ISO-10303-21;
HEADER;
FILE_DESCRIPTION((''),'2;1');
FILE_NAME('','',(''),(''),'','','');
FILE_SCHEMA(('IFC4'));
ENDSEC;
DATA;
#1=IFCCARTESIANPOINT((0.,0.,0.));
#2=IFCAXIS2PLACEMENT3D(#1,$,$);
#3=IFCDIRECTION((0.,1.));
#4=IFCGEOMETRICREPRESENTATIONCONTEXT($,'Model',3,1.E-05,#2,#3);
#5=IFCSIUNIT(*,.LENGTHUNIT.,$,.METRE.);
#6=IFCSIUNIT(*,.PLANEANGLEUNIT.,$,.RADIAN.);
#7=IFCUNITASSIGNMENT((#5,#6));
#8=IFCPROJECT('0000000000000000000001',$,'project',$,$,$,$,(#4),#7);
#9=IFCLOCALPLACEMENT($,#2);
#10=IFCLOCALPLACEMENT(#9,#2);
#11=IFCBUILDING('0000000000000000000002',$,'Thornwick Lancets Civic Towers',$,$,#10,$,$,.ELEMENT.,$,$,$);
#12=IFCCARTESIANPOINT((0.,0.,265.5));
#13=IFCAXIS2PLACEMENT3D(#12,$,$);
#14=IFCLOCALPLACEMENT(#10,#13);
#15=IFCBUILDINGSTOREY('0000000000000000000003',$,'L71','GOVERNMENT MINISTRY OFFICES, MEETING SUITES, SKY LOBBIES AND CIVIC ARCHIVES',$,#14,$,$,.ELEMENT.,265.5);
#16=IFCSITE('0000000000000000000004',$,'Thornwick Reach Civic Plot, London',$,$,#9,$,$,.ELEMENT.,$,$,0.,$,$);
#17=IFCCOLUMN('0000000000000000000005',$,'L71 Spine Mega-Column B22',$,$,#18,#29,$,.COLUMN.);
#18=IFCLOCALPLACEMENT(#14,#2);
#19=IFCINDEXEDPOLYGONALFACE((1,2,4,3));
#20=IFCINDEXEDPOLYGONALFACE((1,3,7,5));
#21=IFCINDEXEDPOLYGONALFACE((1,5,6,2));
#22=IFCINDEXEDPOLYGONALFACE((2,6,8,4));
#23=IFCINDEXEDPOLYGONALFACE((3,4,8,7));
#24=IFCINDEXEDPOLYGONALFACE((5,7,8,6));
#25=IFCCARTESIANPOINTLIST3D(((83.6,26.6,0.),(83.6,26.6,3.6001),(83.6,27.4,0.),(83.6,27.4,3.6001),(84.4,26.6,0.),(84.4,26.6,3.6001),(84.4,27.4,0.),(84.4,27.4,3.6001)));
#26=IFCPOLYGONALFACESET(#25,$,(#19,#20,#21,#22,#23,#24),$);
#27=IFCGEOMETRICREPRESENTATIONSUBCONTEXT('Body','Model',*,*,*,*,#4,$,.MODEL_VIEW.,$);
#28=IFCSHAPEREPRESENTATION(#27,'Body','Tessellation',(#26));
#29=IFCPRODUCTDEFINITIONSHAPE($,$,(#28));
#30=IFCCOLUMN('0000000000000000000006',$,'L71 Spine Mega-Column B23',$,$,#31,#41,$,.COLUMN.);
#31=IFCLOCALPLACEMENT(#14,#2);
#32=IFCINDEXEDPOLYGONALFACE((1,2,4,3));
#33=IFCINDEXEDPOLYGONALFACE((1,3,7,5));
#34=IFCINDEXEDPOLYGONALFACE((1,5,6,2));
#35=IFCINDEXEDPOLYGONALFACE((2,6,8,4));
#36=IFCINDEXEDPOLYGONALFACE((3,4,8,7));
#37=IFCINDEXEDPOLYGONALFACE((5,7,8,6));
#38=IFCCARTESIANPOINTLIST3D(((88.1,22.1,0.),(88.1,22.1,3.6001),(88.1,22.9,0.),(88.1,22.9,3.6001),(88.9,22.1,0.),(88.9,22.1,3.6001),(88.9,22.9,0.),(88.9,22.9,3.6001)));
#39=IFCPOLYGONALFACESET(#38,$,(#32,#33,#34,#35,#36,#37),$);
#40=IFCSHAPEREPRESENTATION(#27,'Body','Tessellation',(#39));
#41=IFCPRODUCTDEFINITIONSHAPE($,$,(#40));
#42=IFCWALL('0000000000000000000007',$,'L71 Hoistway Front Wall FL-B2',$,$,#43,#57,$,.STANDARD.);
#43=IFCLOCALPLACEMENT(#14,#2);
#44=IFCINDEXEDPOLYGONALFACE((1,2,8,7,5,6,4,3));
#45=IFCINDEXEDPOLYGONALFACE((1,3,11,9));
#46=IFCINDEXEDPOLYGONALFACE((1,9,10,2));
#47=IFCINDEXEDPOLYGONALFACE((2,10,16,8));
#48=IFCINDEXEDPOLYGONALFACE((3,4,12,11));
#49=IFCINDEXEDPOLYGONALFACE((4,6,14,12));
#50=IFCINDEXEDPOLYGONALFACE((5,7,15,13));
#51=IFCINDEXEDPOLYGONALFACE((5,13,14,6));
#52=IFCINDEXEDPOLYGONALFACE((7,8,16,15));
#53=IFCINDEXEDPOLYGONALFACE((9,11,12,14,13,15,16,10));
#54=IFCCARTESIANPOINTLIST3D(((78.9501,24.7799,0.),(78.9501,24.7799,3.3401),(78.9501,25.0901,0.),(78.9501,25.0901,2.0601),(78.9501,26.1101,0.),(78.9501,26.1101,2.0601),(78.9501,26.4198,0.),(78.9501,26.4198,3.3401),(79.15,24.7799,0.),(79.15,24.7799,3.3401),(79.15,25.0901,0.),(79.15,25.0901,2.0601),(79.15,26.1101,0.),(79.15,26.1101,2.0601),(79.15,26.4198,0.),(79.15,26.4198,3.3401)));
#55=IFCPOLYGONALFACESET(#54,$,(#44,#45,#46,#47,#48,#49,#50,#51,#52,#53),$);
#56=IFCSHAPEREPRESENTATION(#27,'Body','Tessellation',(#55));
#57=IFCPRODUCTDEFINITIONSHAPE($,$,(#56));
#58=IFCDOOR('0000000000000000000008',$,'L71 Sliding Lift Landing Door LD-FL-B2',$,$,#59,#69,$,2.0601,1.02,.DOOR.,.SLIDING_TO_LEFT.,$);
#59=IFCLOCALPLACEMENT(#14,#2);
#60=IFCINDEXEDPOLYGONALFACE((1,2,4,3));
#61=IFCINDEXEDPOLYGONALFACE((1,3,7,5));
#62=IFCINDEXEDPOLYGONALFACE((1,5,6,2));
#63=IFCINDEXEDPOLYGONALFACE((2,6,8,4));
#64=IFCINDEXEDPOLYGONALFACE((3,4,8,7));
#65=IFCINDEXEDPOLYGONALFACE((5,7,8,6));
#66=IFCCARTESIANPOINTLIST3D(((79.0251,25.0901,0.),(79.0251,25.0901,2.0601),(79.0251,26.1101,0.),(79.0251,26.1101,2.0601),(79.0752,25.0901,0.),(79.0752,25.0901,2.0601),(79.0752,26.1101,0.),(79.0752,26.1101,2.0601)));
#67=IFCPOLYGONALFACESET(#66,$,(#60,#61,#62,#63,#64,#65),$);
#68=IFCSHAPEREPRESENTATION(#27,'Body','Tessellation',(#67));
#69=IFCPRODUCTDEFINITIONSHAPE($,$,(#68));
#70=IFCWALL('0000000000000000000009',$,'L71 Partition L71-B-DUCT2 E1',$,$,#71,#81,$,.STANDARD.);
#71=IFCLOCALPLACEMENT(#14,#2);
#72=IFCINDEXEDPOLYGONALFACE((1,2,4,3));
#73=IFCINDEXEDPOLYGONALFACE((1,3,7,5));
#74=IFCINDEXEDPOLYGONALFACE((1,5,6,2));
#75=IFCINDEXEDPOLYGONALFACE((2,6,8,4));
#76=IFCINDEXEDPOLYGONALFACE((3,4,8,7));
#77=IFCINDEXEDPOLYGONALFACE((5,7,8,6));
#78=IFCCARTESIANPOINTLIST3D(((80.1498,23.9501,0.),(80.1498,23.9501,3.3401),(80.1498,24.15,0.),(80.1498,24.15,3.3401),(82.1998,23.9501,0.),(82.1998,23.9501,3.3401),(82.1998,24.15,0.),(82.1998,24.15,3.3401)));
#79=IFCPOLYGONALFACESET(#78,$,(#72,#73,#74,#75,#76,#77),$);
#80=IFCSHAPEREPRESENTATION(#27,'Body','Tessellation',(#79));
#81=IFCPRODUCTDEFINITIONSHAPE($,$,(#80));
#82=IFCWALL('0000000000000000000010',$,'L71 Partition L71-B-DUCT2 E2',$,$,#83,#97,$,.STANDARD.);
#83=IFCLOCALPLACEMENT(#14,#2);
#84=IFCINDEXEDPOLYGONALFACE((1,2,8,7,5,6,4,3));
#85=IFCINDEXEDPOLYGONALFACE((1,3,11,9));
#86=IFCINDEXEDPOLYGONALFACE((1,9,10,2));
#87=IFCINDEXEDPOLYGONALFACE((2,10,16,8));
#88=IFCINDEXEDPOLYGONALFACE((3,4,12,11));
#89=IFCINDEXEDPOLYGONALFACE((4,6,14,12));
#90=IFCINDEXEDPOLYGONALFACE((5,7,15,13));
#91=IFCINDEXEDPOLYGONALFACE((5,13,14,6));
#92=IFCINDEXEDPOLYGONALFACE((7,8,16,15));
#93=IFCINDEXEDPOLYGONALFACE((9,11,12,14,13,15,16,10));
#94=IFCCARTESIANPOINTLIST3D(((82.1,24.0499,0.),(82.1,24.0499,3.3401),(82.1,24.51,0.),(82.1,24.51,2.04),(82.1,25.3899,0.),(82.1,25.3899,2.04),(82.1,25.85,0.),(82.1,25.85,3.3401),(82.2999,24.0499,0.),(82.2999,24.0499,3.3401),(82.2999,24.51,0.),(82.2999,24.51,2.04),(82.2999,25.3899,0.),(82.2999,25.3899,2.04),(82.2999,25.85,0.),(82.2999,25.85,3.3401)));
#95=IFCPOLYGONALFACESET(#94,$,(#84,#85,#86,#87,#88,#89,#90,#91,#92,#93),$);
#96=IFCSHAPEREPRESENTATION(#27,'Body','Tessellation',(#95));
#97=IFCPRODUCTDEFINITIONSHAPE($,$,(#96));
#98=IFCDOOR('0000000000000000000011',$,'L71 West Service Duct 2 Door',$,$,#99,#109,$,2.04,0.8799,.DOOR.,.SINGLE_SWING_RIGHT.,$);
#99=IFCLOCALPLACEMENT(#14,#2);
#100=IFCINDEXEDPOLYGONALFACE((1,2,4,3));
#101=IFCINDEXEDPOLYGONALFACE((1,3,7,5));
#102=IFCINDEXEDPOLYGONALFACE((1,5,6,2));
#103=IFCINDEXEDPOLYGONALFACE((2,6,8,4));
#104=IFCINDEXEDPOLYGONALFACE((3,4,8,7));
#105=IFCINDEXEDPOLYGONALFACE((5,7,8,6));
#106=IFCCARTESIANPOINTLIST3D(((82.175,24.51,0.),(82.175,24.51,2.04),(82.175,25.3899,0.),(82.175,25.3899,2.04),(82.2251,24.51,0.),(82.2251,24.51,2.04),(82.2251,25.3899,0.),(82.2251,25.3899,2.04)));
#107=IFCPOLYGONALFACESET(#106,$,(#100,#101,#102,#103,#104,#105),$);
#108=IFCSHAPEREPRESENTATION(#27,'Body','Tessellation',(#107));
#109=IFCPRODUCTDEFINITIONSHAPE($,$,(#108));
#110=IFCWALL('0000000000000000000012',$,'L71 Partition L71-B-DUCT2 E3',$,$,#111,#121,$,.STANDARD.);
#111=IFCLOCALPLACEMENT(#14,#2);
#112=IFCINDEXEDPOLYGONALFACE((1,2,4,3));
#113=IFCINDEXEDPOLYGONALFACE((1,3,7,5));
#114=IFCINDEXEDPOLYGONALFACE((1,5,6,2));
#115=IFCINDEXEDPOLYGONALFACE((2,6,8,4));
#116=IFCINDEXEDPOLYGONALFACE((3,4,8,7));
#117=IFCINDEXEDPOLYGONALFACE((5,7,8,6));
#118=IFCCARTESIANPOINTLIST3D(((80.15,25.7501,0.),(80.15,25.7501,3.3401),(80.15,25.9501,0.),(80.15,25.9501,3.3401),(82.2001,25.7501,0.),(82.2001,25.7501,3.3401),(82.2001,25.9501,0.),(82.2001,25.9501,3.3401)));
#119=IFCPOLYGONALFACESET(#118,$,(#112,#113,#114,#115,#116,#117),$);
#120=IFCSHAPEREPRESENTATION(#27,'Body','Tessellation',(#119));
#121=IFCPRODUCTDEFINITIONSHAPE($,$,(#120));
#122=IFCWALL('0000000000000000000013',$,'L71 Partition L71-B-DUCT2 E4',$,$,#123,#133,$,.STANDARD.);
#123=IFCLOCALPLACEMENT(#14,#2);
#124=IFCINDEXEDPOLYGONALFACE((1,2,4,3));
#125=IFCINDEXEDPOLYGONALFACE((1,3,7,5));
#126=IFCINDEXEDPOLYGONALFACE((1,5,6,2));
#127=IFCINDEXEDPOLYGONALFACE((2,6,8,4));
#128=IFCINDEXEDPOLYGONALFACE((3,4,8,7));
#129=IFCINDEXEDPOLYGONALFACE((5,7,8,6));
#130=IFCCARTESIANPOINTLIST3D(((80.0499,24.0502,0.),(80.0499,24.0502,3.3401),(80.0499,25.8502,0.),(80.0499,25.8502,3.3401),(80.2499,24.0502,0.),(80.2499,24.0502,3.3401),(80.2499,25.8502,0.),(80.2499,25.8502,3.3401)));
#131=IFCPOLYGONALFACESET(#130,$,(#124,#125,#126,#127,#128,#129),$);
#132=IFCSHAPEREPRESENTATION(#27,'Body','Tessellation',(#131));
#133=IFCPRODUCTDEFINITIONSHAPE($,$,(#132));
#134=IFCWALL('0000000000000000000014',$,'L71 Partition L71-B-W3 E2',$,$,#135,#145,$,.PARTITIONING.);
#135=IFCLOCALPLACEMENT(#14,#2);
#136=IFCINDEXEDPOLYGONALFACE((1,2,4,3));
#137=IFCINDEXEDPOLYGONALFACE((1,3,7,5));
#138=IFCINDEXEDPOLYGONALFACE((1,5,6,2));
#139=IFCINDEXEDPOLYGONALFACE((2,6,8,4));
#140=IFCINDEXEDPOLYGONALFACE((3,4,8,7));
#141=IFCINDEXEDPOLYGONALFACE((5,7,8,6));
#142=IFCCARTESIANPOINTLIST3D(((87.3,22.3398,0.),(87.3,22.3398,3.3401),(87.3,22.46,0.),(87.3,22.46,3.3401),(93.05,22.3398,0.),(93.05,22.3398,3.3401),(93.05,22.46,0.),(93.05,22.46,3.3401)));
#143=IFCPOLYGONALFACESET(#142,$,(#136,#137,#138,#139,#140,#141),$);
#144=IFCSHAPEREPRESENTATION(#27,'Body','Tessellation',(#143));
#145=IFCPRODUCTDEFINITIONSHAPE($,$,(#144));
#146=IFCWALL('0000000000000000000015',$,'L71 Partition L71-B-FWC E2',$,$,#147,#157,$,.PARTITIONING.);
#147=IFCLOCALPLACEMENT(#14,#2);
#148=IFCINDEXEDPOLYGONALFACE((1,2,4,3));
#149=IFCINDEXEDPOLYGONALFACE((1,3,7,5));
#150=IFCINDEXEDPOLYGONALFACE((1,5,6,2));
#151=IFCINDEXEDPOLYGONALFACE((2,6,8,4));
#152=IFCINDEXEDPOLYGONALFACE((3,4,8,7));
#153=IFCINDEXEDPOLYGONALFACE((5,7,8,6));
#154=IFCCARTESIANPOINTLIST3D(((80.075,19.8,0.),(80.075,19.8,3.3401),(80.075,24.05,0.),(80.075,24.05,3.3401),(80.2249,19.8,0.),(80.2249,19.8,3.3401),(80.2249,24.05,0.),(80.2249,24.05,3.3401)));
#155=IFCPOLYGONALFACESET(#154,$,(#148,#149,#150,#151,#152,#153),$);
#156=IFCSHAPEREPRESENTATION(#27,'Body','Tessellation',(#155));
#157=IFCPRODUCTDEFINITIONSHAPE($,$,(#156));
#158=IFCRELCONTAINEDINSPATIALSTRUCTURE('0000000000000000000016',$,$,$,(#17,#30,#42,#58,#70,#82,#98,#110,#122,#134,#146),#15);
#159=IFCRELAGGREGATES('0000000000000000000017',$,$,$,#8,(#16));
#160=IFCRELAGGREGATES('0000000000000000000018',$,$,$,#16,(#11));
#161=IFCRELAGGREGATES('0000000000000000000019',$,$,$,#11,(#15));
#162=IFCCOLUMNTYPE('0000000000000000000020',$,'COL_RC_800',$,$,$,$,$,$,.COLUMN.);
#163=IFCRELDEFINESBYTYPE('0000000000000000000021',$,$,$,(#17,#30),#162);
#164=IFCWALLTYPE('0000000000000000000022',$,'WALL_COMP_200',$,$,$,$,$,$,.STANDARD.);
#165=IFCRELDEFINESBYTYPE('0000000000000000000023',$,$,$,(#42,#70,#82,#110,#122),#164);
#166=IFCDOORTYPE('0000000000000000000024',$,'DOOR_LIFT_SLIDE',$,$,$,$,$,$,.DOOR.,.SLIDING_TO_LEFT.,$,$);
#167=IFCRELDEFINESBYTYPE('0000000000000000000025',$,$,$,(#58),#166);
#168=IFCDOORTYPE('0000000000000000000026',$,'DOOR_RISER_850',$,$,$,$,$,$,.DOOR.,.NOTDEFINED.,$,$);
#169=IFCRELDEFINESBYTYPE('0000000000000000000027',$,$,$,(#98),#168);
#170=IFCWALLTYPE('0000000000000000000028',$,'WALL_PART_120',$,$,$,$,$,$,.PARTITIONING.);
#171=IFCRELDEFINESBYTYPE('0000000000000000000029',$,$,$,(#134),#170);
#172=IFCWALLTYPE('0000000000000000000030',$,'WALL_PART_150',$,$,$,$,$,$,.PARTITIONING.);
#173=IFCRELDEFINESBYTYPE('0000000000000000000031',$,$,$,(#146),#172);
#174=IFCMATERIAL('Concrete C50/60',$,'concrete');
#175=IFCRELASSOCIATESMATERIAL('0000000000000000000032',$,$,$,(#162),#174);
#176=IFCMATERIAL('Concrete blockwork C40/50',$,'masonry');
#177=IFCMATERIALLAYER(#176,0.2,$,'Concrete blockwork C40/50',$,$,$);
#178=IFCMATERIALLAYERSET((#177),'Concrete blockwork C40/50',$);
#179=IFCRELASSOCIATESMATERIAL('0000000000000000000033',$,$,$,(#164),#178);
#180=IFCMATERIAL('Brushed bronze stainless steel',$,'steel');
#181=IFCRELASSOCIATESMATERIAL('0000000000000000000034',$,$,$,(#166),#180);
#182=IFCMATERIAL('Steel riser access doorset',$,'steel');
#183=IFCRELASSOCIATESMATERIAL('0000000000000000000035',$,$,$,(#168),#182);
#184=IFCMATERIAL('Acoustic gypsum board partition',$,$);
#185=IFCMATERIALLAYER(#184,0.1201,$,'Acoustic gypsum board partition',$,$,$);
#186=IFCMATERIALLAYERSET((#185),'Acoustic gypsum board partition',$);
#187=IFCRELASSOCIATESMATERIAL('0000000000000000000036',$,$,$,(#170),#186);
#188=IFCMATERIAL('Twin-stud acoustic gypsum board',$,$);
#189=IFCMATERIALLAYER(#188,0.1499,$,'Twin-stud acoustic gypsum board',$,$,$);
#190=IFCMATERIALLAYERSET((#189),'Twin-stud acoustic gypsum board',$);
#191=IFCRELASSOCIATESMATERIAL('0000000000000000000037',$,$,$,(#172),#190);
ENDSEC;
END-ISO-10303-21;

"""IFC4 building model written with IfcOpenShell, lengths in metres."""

from ifc_helpers import new_model, si_unit, direction, frame, frame_2d, origin, origin_2d, place, context, subcontext, project, spatial, rectangle, extrude, material, layer, layer_set, material_profile, profile_set, type_object, element, fill, save


model = new_model("IFC4")

# Units and contexts
model_context = context("Model", 3, precision=1e-05, world=origin(), true_north=direction((0.0, 1.0)))
body_context = subcontext(model_context, "Body", "Model", "MODEL_VIEW")
ifc_project = project(units=[si_unit("LENGTHUNIT", "METRE"), si_unit("PLANEANGLEUNIT", "RADIAN")], contexts=[model_context])

# Site, building, storey
site_placement = place(None, origin())
site = spatial("IfcSite", under=ifc_project, at=site_placement, Name="Thornwick Reach Civic Plot, London", CompositionType="ELEMENT", RefElevation=0.0)
building_placement = place(site_placement, origin())
building = spatial("IfcBuilding", under=site, at=building_placement, Name="Thornwick Lancets Civic Towers", CompositionType="ELEMENT")
storey_placement = place(building_placement, frame((0.0, 0.0, 265.5)))
storey = spatial("IfcBuildingStorey", under=building, at=storey_placement, Name="L71", Description="GOVERNMENT MINISTRY OFFICES, MEETING SUITES, SKY LOBBIES AND CIVIC ARCHIVES", CompositionType="ELEMENT", Elevation=265.5)

# Columns
ifc_material_1 = material(Name="Concrete C50/60", Category="concrete")
ifc_material_profile = material_profile(ifc_material_1, rectangle(XDim=0.8, YDim=0.8, at=origin_2d()), Name="RC 800x800")
ifc_profile_set = profile_set([ifc_material_profile], Name="Concrete C50/60")
column_type = type_object("IfcColumnType", Name="COL_RC_800", PredefinedType="COLUMN", material=ifc_profile_set)
for number, where, z_axis, x_axis, name in (
    (1, (84.0, 27.0, 0.0), (0.0, 0.0, 1.0), (1.0, 0.0, 0.0), "L71 Spine Mega-Column B22"),
    (2, (88.5, 22.5, 0.0), (0.0, 0.0, 1.0), (1.0, 0.0, 0.0), "L71 Spine Mega-Column B23"),
):
    element("IfcColumn", number, at=place(storey_placement, frame(where, z_axis=z_axis, x_axis=x_axis)), inside=storey, type_object=column_type, Name=name, PredefinedType="COLUMN", context=body_context, shape_type="SweptSolid", body=[
        extrude(rectangle(XDim=0.8, YDim=0.8, at=origin_2d()), origin(), (0.0, 0.0, 1.0), 3.6001),
    ])

# Wall, opening, door
ifc_material_2 = material(Name="Concrete blockwork C40/50", Category="masonry")
ifc_layer_1 = layer(ifc_material_2, 0.2, Name="Concrete blockwork C40/50")
ifc_layer_set_1 = layer_set([ifc_layer_1], Name="Concrete blockwork C40/50")
wall_type_1 = type_object("IfcWallType", Name="WALL_COMP_200", PredefinedType="STANDARD", material=ifc_layer_set_1)
wall_1_placement = place(storey_placement, frame((79.05, 24.78, 0.0), z_axis=(0.0, 0.0, 1.0), x_axis=(0.0, 1.0, 0.0)))
wall_1 = element("IfcWall", 3, at=wall_1_placement, inside=storey, type_object=wall_type_1, Name="L71 Hoistway Front Wall FL-B2", PredefinedType="STANDARD", context=body_context, shape_type="SweptSolid", body=[
    extrude(rectangle(XDim=1.6399, YDim=0.2, at=frame_2d((0.8198, 0.0))), origin(), (0.0, 0.0, 1.0), 3.3401),
])
opening_1_placement = place(wall_1_placement, frame((0.3101, 0.0, 0.0)))
opening_1 = element("IfcOpeningElement", 4, at=opening_1_placement, cuts=wall_1, PredefinedType="OPENING", context=body_context, shape_type="SweptSolid", body=[
    extrude(rectangle(XDim=1.02, YDim=2.0601, at=frame_2d((0.51, 1.03))), frame((0.0, 0.1099, 0.0), z_axis=(0.0, -1.0, 0.0), x_axis=(1.0, 0.0, 0.0)), (0.0, 0.0, 1.0), 0.22),
])
ifc_material_3 = material(Name="Brushed bronze stainless steel", Category="steel")
door_type_1 = type_object("IfcDoorType", Name="DOOR_LIFT_SLIDE", OperationType="SLIDING_TO_LEFT", PredefinedType="DOOR", material=ifc_material_3)
door_1_placement = place(opening_1_placement, origin())
door_1 = element("IfcDoor", 5, at=door_1_placement, inside=storey, type_object=door_type_1, Name="L71 Sliding Lift Landing Door LD-FL-B2", OperationType="SLIDING_TO_LEFT", OverallHeight=2.0601, OverallWidth=1.02, PredefinedType="DOOR", context=body_context, shape_type="SweptSolid", body=[
    extrude(rectangle(XDim=1.02, YDim=2.0601, at=frame_2d((0.51, 1.03))), frame((0.0, 0.0249, 0.0), z_axis=(0.0, -1.0, 0.0), x_axis=(1.0, 0.0, 0.0)), (0.0, 0.0, 1.0), 0.05),
])
fill(opening_1, door_1)

# Wall
wall_2_placement = place(storey_placement, frame((80.1499, 24.05, 0.0), z_axis=(0.0, 0.0, 1.0), x_axis=(1.0, 0.0, 0.0)))
element("IfcWall", 6, at=wall_2_placement, inside=storey, type_object=wall_type_1, Name="L71 Partition L71-B-DUCT2 E1", PredefinedType="STANDARD", context=body_context, shape_type="SweptSolid", body=[
    extrude(rectangle(XDim=2.05, YDim=0.2, at=frame_2d((1.0249, 0.0))), origin(), (0.0, 0.0, 1.0), 3.3401),
])

# Wall, opening, door
wall_3_placement = place(storey_placement, frame((82.2, 24.05, 0.0), z_axis=(0.0, 0.0, 1.0), x_axis=(0.0, 1.0, 0.0)))
wall_3 = element("IfcWall", 7, at=wall_3_placement, inside=storey, type_object=wall_type_1, Name="L71 Partition L71-B-DUCT2 E2", PredefinedType="STANDARD", context=body_context, shape_type="SweptSolid", body=[
    extrude(rectangle(XDim=1.8, YDim=0.2, at=frame_2d((0.8999, 0.0))), origin(), (0.0, 0.0, 1.0), 3.3401),
])
opening_2_placement = place(wall_3_placement, frame((0.46, 0.0, 0.0)))
opening_2 = element("IfcOpeningElement", 8, at=opening_2_placement, cuts=wall_3, PredefinedType="OPENING", context=body_context, shape_type="SweptSolid", body=[
    extrude(rectangle(XDim=0.8799, YDim=2.04, at=frame_2d((0.4399, 1.02))), frame((0.0, 0.1099, 0.0), z_axis=(0.0, -1.0, 0.0), x_axis=(1.0, 0.0, 0.0)), (0.0, 0.0, 1.0), 0.22),
])
ifc_material_4 = material(Name="Steel riser access doorset", Category="steel")
door_type_2 = type_object("IfcDoorType", Name="DOOR_RISER_850", OperationType="NOTDEFINED", PredefinedType="DOOR", material=ifc_material_4)
door_2_placement = place(opening_2_placement, origin())
door_2 = element("IfcDoor", 9, at=door_2_placement, inside=storey, type_object=door_type_2, Name="L71 West Service Duct 2 Door", OperationType="SINGLE_SWING_RIGHT", OverallHeight=2.04, OverallWidth=0.8799, PredefinedType="DOOR", context=body_context, shape_type="SweptSolid", body=[
    extrude(rectangle(XDim=0.8799, YDim=2.04, at=frame_2d((0.4399, 1.02))), frame((0.0, 0.0249, 0.0), z_axis=(0.0, -1.0, 0.0), x_axis=(1.0, 0.0, 0.0)), (0.0, 0.0, 1.0), 0.05),
])
fill(opening_2, door_2)

# Walls
wall_4_placement = place(storey_placement, frame((82.2, 25.8501, 0.0), z_axis=(0.0, 0.0, 1.0), x_axis=(-1.0, 0.0, 0.0)))
element("IfcWall", 10, at=wall_4_placement, inside=storey, type_object=wall_type_1, Name="L71 Partition L71-B-DUCT2 E3", PredefinedType="STANDARD", context=body_context, shape_type="SweptSolid", body=[
    extrude(rectangle(XDim=2.05, YDim=0.2, at=frame_2d((1.0249, 0.0))), origin(), (0.0, 0.0, 1.0), 3.3401),
])
wall_5_placement = place(storey_placement, frame((80.1499, 25.8501, 0.0), z_axis=(0.0, 0.0, 1.0), x_axis=(0.0, -1.0, 0.0)))
element("IfcWall", 11, at=wall_5_placement, inside=storey, type_object=wall_type_1, Name="L71 Partition L71-B-DUCT2 E4", PredefinedType="STANDARD", context=body_context, shape_type="SweptSolid", body=[
    extrude(rectangle(XDim=1.8, YDim=0.2, at=frame_2d((0.8999, 0.0))), origin(), (0.0, 0.0, 1.0), 3.3401),
])
ifc_material_5 = material(Name="Acoustic gypsum board partition")
ifc_layer_2 = layer(ifc_material_5, 0.1201, Name="Acoustic gypsum board partition")
ifc_layer_set_2 = layer_set([ifc_layer_2], Name="Acoustic gypsum board partition")
wall_type_2 = type_object("IfcWallType", Name="WALL_PART_120", PredefinedType="PARTITIONING", material=ifc_layer_set_2)
wall_6_placement = place(storey_placement, frame((87.3, 22.3999, 0.0), z_axis=(0.0, 0.0, 1.0), x_axis=(1.0, 0.0, 0.0)))
element("IfcWall", 12, at=wall_6_placement, inside=storey, type_object=wall_type_2, Name="L71 Partition L71-B-W3 E2", PredefinedType="PARTITIONING", context=body_context, shape_type="SweptSolid", body=[
    extrude(rectangle(XDim=5.75, YDim=0.1201, at=frame_2d((2.875, 0.0))), origin(), (0.0, 0.0, 1.0), 3.3401),
])
ifc_material_6 = material(Name="Twin-stud acoustic gypsum board")
ifc_layer_3 = layer(ifc_material_6, 0.1499, Name="Twin-stud acoustic gypsum board")
ifc_layer_set_3 = layer_set([ifc_layer_3], Name="Twin-stud acoustic gypsum board")
wall_type_3 = type_object("IfcWallType", Name="WALL_PART_150", PredefinedType="PARTITIONING", material=ifc_layer_set_3)
wall_7_placement = place(storey_placement, frame((80.1499, 19.8, 0.0), z_axis=(0.0, 0.0, 1.0), x_axis=(0.0, 1.0, 0.0)))
element("IfcWall", 13, at=wall_7_placement, inside=storey, type_object=wall_type_3, Name="L71 Partition L71-B-FWC E2", PredefinedType="PARTITIONING", context=body_context, shape_type="SweptSolid", body=[
    extrude(rectangle(XDim=4.25, YDim=0.1499, at=frame_2d((2.125, 0.0))), origin(), (0.0, 0.0, 1.0), 3.3401),
])

save(model, "model.ifc")
